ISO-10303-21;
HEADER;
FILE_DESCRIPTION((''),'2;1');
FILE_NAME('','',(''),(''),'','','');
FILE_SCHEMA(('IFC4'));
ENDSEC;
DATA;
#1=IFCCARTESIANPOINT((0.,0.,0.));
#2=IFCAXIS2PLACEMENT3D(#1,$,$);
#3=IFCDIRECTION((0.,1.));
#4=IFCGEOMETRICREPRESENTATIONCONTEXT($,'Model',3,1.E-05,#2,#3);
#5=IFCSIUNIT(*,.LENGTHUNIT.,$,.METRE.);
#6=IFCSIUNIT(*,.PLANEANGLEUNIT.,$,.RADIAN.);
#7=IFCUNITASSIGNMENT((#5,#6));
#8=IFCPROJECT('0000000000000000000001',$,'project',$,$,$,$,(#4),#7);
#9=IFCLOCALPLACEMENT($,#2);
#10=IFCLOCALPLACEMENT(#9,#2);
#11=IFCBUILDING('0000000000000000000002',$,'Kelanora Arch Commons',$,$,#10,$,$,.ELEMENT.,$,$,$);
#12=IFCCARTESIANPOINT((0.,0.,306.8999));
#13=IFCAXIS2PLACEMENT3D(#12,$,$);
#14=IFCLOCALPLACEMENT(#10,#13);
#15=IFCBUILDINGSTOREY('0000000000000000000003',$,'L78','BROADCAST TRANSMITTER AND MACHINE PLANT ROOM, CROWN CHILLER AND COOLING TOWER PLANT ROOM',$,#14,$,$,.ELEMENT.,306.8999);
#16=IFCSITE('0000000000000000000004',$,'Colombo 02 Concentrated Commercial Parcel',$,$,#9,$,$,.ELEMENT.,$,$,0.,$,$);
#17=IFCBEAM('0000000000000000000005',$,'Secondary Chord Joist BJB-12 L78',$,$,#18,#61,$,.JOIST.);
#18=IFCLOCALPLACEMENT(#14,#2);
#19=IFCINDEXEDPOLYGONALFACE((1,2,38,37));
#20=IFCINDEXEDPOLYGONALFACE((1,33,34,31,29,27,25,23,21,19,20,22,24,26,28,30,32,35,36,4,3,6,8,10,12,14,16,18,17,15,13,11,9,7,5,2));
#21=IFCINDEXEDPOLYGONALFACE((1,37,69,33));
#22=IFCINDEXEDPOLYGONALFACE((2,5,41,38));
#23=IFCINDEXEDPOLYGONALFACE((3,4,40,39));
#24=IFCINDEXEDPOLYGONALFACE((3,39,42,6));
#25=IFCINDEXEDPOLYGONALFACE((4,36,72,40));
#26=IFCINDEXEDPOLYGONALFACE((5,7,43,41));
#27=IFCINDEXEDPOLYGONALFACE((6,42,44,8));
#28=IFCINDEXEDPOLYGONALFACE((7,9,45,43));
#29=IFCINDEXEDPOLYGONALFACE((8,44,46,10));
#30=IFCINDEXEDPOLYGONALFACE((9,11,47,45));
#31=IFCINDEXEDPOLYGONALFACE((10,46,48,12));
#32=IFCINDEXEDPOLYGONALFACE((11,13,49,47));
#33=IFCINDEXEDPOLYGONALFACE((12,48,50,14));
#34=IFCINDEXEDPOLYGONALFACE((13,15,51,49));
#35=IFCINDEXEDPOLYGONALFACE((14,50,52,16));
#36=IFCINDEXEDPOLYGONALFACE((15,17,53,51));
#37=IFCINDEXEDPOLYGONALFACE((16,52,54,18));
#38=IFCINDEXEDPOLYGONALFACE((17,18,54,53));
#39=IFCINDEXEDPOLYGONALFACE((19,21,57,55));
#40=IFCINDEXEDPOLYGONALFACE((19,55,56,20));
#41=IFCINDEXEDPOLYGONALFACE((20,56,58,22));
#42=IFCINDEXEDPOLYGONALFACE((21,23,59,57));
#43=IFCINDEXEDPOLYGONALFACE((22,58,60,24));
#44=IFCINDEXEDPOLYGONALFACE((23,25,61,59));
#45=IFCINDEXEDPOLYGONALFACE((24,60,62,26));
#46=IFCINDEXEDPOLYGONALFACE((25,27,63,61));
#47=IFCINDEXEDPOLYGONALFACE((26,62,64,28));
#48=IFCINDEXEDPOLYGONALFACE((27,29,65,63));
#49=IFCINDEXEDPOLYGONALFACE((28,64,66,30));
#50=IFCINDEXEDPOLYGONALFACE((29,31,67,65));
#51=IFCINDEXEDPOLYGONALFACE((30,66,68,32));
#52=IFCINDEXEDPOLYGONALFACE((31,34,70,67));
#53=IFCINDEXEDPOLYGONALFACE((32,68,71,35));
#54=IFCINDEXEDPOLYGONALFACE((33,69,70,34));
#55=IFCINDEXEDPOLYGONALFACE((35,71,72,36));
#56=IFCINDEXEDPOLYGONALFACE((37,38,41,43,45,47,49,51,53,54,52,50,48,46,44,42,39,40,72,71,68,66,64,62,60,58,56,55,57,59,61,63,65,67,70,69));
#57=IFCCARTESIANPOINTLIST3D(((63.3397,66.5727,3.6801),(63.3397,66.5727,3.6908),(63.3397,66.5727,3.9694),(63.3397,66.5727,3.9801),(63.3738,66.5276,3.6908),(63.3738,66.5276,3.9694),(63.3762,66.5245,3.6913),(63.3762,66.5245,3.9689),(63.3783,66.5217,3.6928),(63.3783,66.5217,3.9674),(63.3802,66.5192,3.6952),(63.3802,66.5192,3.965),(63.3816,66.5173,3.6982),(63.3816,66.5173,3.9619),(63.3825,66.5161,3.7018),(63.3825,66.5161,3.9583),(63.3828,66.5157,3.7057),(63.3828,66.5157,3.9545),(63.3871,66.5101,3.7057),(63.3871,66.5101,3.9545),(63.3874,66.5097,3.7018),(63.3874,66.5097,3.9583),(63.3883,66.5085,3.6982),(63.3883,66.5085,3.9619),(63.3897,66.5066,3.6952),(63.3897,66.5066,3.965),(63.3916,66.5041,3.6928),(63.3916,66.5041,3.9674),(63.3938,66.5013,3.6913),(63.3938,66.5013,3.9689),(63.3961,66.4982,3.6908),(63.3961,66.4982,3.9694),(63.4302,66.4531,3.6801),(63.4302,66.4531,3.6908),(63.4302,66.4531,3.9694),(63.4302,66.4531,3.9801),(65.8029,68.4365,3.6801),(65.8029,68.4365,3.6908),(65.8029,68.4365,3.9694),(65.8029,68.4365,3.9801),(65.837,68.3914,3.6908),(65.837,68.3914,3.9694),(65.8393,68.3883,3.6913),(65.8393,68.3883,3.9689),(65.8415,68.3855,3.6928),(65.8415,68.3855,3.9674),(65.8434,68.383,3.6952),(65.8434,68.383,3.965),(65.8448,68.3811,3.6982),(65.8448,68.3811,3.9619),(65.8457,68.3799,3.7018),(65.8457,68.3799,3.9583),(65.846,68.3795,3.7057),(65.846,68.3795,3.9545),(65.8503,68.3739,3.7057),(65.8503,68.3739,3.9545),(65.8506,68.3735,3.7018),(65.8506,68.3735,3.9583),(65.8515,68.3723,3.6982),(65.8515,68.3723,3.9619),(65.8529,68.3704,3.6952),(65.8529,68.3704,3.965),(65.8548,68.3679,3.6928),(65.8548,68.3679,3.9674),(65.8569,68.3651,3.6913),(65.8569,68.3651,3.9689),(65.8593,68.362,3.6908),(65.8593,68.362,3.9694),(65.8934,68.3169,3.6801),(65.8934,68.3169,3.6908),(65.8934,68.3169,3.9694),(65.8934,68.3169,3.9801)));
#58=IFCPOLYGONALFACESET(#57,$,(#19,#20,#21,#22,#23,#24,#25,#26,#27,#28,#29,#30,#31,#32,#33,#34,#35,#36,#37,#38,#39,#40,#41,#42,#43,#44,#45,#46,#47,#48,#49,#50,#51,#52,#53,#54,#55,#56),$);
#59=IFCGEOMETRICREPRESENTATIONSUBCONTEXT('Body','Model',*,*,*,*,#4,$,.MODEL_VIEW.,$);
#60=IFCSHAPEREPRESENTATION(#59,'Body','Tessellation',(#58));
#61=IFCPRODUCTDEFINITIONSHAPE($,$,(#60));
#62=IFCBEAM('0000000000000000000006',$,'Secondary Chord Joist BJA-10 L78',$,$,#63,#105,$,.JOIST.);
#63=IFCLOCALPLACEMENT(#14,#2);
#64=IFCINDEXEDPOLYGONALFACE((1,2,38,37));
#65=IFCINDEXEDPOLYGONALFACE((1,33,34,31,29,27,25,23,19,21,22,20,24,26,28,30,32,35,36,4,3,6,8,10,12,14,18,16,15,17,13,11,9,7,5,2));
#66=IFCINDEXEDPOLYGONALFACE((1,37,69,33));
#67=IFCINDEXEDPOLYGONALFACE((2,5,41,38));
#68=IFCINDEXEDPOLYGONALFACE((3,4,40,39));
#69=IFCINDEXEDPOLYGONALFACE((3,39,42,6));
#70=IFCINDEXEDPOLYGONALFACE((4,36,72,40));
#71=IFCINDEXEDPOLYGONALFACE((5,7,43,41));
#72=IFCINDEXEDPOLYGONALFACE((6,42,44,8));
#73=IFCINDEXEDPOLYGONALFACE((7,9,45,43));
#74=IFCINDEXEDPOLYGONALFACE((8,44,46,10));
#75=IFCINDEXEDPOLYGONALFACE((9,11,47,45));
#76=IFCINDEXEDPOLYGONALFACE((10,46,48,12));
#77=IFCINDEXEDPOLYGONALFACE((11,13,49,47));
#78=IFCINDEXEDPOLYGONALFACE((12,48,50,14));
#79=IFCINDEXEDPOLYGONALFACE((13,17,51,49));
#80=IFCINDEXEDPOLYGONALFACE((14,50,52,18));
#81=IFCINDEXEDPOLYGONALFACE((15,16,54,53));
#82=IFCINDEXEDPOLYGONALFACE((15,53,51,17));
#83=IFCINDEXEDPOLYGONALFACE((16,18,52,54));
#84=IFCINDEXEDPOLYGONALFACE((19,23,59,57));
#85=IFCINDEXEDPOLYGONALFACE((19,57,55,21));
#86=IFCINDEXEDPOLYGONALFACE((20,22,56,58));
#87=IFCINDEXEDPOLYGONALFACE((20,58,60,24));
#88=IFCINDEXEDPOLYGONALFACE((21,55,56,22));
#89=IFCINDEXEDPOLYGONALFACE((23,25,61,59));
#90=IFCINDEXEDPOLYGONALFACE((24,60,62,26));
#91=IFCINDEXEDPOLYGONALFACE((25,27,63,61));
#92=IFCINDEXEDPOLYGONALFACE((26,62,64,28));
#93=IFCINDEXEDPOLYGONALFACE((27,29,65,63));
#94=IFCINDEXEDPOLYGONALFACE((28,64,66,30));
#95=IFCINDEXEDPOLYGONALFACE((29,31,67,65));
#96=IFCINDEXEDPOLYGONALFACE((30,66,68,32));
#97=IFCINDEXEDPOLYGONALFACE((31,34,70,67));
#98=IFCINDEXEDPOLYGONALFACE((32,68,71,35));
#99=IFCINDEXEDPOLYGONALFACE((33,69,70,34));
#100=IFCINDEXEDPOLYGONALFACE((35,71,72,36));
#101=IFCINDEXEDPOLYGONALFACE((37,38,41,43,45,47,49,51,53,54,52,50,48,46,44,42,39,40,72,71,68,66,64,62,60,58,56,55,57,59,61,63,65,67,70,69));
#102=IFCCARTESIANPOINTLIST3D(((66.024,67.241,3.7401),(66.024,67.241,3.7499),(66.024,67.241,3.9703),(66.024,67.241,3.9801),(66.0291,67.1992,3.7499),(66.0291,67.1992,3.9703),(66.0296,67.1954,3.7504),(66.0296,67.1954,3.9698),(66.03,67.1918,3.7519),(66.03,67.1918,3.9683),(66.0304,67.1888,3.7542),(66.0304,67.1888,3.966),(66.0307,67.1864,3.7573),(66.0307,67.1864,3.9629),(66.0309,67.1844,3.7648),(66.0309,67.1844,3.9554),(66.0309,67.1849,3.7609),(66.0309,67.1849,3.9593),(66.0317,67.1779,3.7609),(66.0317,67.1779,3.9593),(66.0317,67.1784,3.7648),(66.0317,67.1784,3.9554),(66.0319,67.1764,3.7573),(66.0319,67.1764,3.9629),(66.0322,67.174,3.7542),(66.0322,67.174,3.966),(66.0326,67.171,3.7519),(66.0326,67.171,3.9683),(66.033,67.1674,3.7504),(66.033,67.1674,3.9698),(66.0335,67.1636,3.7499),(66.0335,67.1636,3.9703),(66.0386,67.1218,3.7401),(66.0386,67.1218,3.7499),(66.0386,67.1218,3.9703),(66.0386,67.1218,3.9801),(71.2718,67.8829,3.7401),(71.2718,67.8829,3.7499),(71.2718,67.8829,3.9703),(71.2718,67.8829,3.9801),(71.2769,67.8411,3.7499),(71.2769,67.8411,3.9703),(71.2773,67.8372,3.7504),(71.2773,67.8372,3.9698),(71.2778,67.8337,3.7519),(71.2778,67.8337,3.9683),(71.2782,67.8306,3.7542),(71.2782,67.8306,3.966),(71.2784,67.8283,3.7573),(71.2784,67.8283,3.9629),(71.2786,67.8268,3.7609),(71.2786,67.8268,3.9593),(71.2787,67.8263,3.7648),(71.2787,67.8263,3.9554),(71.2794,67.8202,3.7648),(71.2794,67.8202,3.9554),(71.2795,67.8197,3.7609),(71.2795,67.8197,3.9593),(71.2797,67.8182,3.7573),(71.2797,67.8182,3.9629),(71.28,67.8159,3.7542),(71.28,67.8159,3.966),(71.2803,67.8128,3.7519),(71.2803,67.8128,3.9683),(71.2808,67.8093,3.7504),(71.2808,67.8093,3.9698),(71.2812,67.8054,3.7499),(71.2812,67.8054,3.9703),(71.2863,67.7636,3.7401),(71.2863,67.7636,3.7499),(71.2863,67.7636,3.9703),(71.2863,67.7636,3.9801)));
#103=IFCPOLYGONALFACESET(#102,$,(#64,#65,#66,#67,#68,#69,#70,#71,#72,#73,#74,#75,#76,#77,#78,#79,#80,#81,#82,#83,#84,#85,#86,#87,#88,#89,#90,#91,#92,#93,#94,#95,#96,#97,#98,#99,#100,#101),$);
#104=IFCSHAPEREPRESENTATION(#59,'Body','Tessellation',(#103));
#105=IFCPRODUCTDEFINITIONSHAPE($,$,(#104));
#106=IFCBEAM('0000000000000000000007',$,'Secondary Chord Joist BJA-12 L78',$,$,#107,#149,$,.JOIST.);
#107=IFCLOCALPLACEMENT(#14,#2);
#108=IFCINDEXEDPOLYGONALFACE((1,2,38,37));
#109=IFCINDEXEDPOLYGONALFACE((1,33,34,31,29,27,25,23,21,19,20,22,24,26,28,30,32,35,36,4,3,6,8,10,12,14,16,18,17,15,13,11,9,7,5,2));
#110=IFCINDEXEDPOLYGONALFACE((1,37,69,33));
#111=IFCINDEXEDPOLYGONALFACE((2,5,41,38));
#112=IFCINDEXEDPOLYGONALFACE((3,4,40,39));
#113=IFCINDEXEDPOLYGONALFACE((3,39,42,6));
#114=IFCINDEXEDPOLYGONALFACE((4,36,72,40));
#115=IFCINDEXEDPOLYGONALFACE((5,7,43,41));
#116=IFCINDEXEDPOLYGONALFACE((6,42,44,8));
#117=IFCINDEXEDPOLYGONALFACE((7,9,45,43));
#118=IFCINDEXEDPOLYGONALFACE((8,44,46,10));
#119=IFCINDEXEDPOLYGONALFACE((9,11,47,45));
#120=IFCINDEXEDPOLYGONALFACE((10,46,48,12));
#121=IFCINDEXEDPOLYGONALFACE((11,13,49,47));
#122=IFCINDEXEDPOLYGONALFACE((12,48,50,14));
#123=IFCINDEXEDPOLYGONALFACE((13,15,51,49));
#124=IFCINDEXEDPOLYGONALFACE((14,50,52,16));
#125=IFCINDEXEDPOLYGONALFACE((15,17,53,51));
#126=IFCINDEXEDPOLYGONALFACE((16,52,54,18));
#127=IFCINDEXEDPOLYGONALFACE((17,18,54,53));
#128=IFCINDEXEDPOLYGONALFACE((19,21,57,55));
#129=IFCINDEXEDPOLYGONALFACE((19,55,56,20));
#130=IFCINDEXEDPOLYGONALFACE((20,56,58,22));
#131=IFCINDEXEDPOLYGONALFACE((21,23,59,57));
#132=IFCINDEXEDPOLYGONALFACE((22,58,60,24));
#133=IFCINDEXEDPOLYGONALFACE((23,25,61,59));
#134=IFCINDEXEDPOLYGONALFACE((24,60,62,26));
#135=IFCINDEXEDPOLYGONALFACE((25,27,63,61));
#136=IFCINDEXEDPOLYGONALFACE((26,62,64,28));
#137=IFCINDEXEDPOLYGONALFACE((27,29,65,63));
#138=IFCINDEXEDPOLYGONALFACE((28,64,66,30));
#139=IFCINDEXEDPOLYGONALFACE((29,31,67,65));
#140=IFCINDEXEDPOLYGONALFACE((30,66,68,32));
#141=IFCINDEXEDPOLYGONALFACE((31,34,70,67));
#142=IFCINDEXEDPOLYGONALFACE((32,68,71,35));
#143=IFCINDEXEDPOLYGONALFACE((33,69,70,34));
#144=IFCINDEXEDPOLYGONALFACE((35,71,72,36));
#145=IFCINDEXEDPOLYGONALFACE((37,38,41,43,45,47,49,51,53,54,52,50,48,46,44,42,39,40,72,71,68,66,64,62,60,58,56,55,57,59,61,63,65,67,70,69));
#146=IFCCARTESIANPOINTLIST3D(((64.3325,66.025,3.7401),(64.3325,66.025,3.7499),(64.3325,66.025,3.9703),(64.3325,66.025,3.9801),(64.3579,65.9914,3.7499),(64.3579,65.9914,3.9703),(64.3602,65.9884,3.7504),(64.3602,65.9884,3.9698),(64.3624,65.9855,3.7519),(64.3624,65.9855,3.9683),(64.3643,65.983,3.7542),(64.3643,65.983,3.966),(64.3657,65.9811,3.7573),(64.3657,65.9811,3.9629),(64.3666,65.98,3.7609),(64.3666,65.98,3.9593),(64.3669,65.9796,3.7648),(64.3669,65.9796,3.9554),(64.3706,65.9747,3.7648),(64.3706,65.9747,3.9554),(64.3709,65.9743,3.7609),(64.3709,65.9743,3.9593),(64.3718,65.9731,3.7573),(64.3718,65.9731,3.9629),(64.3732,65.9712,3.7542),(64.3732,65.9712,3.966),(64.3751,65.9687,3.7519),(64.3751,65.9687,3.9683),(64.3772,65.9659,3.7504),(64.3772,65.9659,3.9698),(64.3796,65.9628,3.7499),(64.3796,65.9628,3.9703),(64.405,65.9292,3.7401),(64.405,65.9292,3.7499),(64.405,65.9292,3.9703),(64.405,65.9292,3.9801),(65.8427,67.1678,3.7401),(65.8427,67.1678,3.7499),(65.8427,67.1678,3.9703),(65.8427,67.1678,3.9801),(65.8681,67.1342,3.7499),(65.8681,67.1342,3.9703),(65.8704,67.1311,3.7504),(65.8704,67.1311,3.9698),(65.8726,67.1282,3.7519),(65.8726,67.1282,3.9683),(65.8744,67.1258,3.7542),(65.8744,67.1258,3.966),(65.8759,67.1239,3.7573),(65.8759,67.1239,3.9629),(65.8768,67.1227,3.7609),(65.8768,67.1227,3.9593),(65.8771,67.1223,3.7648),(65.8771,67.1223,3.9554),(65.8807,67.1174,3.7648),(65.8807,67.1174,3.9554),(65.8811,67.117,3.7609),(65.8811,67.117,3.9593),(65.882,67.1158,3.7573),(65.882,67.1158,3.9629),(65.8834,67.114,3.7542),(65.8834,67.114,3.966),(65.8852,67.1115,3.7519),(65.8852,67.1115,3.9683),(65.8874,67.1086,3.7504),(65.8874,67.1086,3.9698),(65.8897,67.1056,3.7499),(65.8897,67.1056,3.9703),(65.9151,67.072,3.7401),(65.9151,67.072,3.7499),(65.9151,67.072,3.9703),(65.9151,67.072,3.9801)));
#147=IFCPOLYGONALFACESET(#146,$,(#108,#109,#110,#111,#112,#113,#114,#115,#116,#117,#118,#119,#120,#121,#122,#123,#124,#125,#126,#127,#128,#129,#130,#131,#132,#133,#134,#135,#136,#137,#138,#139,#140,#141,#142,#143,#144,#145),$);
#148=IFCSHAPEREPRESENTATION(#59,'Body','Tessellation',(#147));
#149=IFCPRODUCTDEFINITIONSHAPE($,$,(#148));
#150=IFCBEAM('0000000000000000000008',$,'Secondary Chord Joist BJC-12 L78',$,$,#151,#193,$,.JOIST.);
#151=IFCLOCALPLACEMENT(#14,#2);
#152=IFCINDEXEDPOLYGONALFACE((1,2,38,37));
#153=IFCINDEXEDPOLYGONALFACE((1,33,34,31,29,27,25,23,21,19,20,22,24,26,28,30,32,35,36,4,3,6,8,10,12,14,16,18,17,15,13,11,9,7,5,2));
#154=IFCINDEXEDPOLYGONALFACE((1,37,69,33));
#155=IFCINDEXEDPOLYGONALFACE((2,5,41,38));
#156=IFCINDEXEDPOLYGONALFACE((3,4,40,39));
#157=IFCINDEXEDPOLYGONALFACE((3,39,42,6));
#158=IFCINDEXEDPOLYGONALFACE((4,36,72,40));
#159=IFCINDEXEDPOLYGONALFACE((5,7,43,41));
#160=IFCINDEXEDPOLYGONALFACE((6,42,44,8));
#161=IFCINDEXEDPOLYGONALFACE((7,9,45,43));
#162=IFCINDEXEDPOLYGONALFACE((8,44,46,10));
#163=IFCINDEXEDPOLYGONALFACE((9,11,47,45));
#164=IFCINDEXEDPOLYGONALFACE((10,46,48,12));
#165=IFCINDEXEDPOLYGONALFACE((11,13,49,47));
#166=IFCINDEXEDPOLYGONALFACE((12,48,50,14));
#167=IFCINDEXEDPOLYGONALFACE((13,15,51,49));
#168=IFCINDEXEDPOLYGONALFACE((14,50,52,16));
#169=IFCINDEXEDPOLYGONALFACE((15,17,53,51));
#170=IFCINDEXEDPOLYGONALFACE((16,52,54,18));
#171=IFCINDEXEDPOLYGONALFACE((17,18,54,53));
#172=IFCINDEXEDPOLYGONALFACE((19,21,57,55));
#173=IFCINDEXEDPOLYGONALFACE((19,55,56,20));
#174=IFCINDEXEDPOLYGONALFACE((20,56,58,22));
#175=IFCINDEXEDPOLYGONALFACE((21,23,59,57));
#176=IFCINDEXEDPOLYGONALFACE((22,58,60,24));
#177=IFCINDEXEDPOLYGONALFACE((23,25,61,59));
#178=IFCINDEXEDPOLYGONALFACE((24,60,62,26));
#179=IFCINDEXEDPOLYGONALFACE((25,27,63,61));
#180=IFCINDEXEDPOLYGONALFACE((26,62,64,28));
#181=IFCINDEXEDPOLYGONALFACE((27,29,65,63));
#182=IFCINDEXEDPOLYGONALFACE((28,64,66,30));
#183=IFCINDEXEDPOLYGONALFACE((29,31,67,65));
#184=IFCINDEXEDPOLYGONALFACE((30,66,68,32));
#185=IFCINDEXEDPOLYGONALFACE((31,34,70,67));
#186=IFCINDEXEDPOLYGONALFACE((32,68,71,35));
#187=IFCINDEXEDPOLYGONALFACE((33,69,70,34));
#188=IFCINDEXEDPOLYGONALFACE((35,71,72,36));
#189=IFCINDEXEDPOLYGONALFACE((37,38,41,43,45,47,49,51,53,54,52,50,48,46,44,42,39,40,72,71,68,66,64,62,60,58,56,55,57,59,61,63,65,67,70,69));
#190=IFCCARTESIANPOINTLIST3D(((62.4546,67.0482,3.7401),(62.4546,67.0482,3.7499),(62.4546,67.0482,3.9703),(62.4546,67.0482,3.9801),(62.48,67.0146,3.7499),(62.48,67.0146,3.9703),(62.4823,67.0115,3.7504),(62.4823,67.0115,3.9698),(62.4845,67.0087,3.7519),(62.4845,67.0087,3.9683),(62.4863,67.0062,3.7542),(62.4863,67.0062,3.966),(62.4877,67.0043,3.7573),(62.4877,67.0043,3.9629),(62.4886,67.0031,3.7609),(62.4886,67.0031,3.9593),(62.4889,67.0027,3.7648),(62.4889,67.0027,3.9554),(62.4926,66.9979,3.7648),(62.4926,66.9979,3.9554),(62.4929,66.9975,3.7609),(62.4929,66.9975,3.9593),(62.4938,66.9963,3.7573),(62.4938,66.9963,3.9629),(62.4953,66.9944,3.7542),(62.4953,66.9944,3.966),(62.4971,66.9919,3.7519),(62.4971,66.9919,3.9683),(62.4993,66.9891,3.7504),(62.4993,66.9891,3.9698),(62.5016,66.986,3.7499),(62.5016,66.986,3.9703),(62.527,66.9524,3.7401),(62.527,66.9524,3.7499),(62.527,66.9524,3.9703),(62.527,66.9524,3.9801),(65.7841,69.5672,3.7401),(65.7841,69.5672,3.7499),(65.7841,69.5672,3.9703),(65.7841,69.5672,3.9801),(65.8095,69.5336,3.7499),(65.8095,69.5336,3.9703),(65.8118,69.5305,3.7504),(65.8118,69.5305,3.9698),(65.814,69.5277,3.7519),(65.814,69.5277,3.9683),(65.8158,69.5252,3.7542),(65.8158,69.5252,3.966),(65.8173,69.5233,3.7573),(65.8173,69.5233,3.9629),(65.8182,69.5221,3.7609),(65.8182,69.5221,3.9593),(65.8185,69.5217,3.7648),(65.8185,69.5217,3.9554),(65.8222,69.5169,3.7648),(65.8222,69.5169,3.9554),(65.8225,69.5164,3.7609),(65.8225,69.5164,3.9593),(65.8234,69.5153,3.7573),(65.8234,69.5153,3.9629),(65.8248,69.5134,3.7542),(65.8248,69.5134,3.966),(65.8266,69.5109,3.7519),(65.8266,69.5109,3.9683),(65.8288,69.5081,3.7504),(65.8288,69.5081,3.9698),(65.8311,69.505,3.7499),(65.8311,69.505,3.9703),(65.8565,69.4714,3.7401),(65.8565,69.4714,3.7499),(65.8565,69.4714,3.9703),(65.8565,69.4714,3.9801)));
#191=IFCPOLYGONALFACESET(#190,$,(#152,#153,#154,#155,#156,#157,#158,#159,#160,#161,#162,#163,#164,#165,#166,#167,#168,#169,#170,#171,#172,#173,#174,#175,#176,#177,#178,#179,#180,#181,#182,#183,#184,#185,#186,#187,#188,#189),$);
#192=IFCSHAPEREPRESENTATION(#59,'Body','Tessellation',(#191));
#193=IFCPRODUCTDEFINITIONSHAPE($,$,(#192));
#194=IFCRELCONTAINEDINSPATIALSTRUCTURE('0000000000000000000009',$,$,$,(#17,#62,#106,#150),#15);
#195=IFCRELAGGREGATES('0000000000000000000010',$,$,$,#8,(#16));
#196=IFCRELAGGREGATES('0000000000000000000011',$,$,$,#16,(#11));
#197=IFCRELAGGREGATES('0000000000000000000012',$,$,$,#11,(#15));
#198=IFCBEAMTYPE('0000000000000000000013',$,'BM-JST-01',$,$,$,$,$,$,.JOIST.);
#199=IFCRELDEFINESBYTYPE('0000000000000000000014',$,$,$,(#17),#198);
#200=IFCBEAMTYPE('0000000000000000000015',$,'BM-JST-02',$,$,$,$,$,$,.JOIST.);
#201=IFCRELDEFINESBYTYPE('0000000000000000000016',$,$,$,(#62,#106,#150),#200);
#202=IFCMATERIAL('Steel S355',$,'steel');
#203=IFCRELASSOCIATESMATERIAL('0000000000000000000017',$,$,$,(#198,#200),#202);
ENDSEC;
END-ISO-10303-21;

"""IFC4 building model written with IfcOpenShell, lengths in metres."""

from ifc_helpers import new_model, si_unit, direction, frame, origin, origin_2d, place, context, subcontext, project, spatial, i_section, extrude, material, material_profile, profile_set, type_object, element, save


model = new_model("IFC4")

# Units and contexts
model_context = context("Model", 3, precision=1e-05, world=origin(), true_north=direction((0.0, 1.0)))
body_context = subcontext(model_context, "Body", "Model", "MODEL_VIEW")
ifc_project = project(units=[si_unit("LENGTHUNIT", "METRE"), si_unit("PLANEANGLEUNIT", "RADIAN")], contexts=[model_context])

# Site, building, storey
site_placement = place(None, origin())
site = spatial("IfcSite", under=ifc_project, at=site_placement, Name="Colombo 02 Concentrated Commercial Parcel", CompositionType="ELEMENT", RefElevation=0.0)
building_placement = place(site_placement, origin())
building = spatial("IfcBuilding", under=site, at=building_placement, Name="Kelanora Arch Commons", CompositionType="ELEMENT")
storey_placement = place(building_placement, frame((0.0, 0.0, 306.8999)))
storey = spatial("IfcBuildingStorey", under=building, at=storey_placement, Name="L78", Description="BROADCAST TRANSMITTER AND MACHINE PLANT ROOM, CROWN CHILLER AND COOLING TOWER PLANT ROOM", CompositionType="ELEMENT", Elevation=306.8999)

# Beams
ifc_material_1 = material(Name="Steel S355", Category="steel")
ifc_material_profile_1 = material_profile(ifc_material_1, i_section(OverallWidth=0.1499, OverallDepth=0.3, WebThickness=0.0071, FlangeThickness=0.0107, FilletRadius=0.0149, at=origin_2d()), Name="IPE300")
ifc_profile_set_1 = profile_set([ifc_material_profile_1], Name="Steel S355")
beam_type_1 = type_object("IfcBeamType", Name="BM-JST-01", PredefinedType="JOIST", material=ifc_profile_set_1)
beam_1_placement = place(storey_placement, frame((65.8481, 68.3767, 3.8301), z_axis=(-0.797441, -0.603396, 0.0), x_axis=(0.603396, -0.797441, 0.0)))
element("IfcBeam", 1, at=beam_1_placement, inside=storey, type_object=beam_type_1, Name="Secondary Chord Joist BJB-12 L78", PredefinedType="JOIST", context=body_context, shape_type="SweptSolid", body=[
    extrude(i_section(OverallWidth=0.1499, OverallDepth=0.3, WebThickness=0.0071, FlangeThickness=0.0107, FilletRadius=0.0149, at=origin_2d()), origin(), (0.0, 0.0, 1.0), 3.0889),
])
ifc_material_profile_2 = material_profile(ifc_material_1, i_section(OverallWidth=0.1201, OverallDepth=0.24, WebThickness=0.0061, FlangeThickness=0.0098, FilletRadius=0.0149, at=origin_2d()), Name="IPE240")
ifc_profile_set_2 = profile_set([ifc_material_profile_2], Name="Steel S355")
beam_type_2 = type_object("IfcBeamType", Name="BM-JST-02", PredefinedType="JOIST", material=ifc_profile_set_2)
beam_2_placement = place(storey_placement, frame((71.2791, 67.8232, 3.8601), z_axis=(-0.992603, -0.121403, 0.0), x_axis=(0.121403, -0.992603, 0.0)))
element("IfcBeam", 2, at=beam_2_placement, inside=storey, type_object=beam_type_2, Name="Secondary Chord Joist BJA-10 L78", PredefinedType="JOIST", context=body_context, shape_type="SweptSolid", body=[
    extrude(i_section(OverallWidth=0.1201, OverallDepth=0.24, WebThickness=0.0061, FlangeThickness=0.0098, FilletRadius=0.0149, at=origin_2d()), origin(), (0.0, 0.0, 1.0), 5.2869),
])
beam_3_placement = place(storey_placement, frame((65.8789, 67.1199, 3.8601), z_axis=(-0.797425, -0.603418, 0.0), x_axis=(0.603418, -0.797425, 0.0)))
element("IfcBeam", 3, at=beam_3_placement, inside=storey, type_object=beam_type_2, Name="Secondary Chord Joist BJA-12 L78", PredefinedType="JOIST", context=body_context, shape_type="SweptSolid", body=[
    extrude(i_section(OverallWidth=0.1201, OverallDepth=0.24, WebThickness=0.0061, FlangeThickness=0.0098, FilletRadius=0.0149, at=origin_2d()), origin(), (0.0, 0.0, 1.0), 1.8938),
])
beam_4_placement = place(storey_placement, frame((65.8203, 69.5193, 3.8601), z_axis=(-0.797481, -0.603344, 0.0), x_axis=(0.603344, -0.797481, 0.0)))
element("IfcBeam", 4, at=beam_4_placement, inside=storey, type_object=beam_type_2, Name="Secondary Chord Joist BJC-12 L78", PredefinedType="JOIST", context=body_context, shape_type="SweptSolid", body=[
    extrude(i_section(OverallWidth=0.1201, OverallDepth=0.24, WebThickness=0.0061, FlangeThickness=0.0098, FilletRadius=0.0149, at=origin_2d()), origin(), (0.0, 0.0, 1.0), 4.175),
])

save(model, "model.ifc")
